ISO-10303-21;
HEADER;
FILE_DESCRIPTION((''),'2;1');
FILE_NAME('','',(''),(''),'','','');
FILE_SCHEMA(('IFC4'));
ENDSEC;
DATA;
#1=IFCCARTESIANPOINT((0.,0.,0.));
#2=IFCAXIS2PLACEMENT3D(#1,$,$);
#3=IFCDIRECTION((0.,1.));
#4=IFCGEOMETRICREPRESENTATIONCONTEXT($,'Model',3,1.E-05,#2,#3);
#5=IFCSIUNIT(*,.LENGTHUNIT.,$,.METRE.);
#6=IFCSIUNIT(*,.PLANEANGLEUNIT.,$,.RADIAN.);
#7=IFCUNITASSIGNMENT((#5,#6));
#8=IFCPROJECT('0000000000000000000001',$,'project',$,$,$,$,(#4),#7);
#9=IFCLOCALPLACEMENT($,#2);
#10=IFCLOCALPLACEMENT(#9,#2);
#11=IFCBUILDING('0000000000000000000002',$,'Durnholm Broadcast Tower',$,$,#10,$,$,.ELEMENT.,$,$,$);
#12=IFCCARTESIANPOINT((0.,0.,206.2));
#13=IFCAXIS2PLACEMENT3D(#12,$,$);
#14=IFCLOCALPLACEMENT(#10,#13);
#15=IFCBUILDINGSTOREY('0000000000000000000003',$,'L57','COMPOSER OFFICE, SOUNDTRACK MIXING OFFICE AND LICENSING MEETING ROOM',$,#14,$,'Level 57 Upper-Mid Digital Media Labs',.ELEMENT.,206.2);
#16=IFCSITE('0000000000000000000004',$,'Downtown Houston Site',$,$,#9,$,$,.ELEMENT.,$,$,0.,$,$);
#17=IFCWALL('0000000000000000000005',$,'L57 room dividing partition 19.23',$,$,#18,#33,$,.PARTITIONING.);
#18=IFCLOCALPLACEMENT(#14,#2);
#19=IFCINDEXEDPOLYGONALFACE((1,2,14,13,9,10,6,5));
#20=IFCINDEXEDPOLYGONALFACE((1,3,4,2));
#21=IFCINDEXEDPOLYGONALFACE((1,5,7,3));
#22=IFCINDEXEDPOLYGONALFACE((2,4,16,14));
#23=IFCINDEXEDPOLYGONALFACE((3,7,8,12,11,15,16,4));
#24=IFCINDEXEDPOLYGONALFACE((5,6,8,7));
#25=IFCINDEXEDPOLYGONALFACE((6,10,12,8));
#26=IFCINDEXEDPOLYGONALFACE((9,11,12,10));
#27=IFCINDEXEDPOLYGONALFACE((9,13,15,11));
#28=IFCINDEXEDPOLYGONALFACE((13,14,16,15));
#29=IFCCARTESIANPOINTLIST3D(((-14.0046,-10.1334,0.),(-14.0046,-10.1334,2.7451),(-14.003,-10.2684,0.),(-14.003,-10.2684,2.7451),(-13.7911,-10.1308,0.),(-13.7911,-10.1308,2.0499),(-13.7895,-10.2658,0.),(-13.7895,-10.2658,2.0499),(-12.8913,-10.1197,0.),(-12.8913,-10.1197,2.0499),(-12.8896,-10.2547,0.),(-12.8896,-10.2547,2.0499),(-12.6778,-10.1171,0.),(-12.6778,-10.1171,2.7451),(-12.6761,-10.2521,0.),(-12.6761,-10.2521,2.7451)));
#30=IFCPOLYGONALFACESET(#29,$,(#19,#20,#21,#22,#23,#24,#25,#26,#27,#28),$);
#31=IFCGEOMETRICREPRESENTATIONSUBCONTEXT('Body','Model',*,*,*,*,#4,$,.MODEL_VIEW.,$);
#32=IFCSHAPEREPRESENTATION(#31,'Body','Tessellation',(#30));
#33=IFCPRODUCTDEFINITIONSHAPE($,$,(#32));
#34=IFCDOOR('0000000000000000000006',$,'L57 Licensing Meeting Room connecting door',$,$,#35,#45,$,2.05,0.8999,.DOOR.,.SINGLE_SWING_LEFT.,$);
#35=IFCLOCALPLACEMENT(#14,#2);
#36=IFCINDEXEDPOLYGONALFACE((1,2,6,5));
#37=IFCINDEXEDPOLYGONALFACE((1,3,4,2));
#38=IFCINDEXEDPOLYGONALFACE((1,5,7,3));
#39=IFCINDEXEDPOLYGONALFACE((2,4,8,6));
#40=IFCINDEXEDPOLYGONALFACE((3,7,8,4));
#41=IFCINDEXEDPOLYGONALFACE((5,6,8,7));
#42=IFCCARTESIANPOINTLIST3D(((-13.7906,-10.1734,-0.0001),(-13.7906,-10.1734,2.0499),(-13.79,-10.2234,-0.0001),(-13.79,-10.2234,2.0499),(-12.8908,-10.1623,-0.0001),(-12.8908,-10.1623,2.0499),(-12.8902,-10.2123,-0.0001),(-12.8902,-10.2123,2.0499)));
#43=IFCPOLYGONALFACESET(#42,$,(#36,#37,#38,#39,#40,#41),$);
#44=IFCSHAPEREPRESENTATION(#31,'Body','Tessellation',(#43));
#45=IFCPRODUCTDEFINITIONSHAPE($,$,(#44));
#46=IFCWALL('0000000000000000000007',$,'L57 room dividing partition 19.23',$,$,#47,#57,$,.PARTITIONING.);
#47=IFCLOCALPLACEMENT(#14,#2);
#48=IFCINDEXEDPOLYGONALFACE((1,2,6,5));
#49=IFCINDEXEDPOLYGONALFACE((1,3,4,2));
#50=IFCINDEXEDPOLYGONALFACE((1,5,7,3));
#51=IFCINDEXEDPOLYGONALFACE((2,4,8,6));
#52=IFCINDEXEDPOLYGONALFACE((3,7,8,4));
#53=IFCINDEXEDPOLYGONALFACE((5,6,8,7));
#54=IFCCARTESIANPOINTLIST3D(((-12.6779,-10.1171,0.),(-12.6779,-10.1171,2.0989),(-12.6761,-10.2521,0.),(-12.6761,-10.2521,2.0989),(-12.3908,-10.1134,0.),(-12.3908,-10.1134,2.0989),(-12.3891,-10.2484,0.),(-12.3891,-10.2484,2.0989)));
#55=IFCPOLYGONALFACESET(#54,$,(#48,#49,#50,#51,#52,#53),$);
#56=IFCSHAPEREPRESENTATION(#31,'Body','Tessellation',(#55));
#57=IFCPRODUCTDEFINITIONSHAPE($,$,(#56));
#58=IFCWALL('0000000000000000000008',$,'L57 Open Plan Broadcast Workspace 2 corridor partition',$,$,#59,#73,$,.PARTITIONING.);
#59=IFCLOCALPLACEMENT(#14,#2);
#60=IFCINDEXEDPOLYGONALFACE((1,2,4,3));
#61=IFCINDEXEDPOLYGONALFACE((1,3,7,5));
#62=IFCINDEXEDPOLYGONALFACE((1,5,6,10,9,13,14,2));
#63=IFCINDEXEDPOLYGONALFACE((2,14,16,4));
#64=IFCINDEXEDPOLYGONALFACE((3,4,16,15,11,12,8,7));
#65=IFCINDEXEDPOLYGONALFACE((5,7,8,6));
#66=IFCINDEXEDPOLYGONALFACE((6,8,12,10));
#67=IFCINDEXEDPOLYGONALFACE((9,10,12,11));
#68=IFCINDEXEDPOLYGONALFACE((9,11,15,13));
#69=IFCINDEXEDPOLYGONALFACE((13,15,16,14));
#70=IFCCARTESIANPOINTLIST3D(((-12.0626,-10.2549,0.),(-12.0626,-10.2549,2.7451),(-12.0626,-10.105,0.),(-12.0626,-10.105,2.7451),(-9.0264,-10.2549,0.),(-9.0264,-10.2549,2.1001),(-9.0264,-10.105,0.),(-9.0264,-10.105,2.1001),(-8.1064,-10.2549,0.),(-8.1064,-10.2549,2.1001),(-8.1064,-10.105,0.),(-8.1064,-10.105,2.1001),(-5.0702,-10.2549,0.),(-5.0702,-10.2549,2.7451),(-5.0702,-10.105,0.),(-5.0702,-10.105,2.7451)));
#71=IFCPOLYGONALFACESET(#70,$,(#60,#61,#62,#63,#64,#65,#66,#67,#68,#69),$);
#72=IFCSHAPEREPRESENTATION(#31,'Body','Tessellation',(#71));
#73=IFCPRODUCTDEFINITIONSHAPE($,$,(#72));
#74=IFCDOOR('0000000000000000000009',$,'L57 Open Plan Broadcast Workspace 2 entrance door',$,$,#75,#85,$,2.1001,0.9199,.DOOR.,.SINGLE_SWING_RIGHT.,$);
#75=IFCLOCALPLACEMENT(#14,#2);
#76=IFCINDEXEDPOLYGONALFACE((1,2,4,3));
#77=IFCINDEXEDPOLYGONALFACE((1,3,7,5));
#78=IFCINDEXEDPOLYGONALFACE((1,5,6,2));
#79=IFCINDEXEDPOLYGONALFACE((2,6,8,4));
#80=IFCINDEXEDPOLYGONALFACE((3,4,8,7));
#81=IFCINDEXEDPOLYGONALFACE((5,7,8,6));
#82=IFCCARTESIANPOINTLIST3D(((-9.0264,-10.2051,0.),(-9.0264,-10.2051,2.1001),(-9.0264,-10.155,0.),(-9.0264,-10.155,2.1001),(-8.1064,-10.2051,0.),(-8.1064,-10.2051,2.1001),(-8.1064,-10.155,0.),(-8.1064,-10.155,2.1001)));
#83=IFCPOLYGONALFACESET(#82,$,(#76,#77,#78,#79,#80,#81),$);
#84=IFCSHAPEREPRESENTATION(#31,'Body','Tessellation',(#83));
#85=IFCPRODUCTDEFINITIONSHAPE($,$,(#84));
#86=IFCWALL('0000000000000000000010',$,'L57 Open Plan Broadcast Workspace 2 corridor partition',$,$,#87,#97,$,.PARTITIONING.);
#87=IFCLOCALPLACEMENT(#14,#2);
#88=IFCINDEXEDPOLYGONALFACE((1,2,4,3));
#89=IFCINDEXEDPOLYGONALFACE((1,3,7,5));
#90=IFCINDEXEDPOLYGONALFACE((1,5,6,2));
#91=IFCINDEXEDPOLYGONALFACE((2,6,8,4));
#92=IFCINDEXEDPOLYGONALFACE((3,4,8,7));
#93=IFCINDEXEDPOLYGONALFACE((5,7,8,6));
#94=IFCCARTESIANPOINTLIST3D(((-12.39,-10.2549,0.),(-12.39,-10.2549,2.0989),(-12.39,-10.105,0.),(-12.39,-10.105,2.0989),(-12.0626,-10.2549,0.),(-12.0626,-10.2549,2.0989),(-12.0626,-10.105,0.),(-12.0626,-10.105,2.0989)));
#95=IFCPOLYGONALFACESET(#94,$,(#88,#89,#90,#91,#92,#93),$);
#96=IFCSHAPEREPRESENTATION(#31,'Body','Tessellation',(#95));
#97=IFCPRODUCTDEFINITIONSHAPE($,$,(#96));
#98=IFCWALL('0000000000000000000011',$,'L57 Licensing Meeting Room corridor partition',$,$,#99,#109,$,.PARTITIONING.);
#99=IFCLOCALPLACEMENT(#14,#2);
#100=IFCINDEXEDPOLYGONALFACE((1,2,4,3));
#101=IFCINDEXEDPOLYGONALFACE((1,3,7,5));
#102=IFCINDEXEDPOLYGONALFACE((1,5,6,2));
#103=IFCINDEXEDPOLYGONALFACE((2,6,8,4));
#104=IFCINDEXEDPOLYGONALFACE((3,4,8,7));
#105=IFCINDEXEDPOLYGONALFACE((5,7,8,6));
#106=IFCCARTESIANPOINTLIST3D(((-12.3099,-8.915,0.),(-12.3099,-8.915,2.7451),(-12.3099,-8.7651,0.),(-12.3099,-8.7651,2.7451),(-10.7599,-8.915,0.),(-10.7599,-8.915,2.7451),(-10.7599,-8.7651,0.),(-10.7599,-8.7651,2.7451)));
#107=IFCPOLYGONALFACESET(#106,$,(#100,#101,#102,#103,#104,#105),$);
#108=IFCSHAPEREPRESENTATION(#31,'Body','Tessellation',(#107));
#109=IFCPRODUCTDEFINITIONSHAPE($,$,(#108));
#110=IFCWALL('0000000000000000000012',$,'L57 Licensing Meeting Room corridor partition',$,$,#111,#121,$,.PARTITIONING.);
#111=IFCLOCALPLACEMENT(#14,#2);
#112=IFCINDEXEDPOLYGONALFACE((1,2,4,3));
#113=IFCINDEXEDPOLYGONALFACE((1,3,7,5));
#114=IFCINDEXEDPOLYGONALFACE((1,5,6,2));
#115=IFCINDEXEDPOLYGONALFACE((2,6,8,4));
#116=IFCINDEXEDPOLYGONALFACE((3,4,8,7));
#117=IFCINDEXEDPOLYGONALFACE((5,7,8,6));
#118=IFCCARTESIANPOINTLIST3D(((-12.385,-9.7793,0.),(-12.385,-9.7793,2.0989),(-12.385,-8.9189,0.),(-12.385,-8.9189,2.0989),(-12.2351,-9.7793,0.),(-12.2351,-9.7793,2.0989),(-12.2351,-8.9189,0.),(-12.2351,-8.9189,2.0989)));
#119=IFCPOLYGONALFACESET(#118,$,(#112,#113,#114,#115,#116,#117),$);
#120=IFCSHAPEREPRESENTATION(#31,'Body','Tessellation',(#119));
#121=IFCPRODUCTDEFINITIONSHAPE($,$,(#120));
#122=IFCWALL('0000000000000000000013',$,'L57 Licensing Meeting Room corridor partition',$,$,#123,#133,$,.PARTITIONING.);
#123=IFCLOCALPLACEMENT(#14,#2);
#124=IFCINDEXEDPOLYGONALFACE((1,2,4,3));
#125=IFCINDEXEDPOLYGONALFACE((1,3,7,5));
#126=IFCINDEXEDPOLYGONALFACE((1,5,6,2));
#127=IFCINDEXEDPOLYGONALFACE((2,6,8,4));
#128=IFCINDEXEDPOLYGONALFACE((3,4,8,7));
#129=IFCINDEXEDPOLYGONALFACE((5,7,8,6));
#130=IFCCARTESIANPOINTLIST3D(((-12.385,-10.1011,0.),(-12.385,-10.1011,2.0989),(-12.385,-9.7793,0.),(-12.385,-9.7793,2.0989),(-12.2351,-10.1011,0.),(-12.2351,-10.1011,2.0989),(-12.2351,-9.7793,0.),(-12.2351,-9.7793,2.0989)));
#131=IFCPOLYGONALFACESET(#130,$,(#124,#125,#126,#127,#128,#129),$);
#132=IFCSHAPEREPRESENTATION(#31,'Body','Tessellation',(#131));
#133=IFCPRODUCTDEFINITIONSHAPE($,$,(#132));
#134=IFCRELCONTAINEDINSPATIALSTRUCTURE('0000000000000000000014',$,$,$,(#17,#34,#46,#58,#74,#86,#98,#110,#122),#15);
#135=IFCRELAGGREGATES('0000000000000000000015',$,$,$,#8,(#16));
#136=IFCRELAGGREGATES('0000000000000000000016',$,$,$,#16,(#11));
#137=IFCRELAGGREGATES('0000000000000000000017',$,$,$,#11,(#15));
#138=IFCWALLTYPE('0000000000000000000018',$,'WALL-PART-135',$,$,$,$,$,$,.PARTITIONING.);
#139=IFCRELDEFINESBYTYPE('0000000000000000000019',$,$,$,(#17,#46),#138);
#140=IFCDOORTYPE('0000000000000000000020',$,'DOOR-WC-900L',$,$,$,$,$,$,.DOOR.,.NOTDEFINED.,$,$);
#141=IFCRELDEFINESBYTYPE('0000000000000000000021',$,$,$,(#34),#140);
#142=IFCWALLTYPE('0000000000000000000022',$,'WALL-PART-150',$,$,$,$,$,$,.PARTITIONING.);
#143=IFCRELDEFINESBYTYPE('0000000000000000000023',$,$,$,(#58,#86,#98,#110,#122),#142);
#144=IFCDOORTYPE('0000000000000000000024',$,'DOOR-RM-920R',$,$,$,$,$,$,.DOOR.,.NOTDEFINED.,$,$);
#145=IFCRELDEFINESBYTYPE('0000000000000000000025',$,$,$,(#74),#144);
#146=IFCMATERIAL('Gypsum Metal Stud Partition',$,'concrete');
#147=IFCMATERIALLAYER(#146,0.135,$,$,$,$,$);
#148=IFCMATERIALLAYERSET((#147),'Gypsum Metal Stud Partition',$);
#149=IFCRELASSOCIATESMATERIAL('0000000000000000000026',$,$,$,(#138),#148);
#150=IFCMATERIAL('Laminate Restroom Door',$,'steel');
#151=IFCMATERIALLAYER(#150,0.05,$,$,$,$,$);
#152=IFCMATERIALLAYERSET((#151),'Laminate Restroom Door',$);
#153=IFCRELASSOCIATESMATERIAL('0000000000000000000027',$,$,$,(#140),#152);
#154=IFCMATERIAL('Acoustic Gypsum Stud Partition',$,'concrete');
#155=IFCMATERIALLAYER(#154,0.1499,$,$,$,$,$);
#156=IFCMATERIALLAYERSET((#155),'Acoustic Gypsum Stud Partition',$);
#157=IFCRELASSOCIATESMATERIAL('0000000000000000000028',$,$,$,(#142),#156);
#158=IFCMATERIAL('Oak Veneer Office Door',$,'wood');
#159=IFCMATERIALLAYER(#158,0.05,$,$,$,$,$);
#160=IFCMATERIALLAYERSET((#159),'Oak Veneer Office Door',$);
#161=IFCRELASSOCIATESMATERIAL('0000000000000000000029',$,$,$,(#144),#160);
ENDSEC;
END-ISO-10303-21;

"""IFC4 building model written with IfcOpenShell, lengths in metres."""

from ifc_helpers import new_model, si_unit, direction, frame, frame_2d, origin, place, context, subcontext, project, spatial, rectangle, extrude, source, transform, mapped, material, layer, layer_set, type_object, type_shapes, element, fill, save


model = new_model("IFC4")

# Units and contexts
model_context = context("Model", 3, precision=1e-05, world=origin(), true_north=direction((0.0, 1.0)))
body_context = subcontext(model_context, "Body", "Model", "MODEL_VIEW")
ifc_project = project(units=[si_unit("LENGTHUNIT", "METRE"), si_unit("PLANEANGLEUNIT", "RADIAN")], contexts=[model_context])

# Site, building, storey
site_placement = place(None, origin())
site = spatial("IfcSite", under=ifc_project, at=site_placement, Name="Downtown Houston Site", CompositionType="ELEMENT", RefElevation=0.0)
building_placement = place(site_placement, origin())
building = spatial("IfcBuilding", under=site, at=building_placement, Name="Durnholm Broadcast Tower", CompositionType="ELEMENT")
storey_placement = place(building_placement, frame((0.0, 0.0, 206.2)))
storey = spatial("IfcBuildingStorey", under=building, at=storey_placement, Name="L57", Description="COMPOSER OFFICE, SOUNDTRACK MIXING OFFICE AND LICENSING MEETING ROOM", LongName="Level 57 Upper-Mid Digital Media Labs", CompositionType="ELEMENT", Elevation=206.2)

# Wall, opening, door
ifc_material_1 = material(Name="Gypsum Metal Stud Partition", Category="concrete")
ifc_layer_1 = layer(ifc_material_1, 0.135)
ifc_layer_set_1 = layer_set([ifc_layer_1], Name="Gypsum Metal Stud Partition")
wall_type_1 = type_object("IfcWallType", Name="WALL-PART-135", PredefinedType="PARTITIONING", material=ifc_layer_set_1)
wall_1_placement = place(storey_placement, frame((-14.0039, -10.2009, 0.0), z_axis=(0.0, 0.0, 1.0), x_axis=(0.999924, 0.012327, 0.0)))
wall_1 = element("IfcWall", 1, at=wall_1_placement, inside=storey, type_object=wall_type_1, Name="L57 room dividing partition 19.23", PredefinedType="PARTITIONING", context=body_context, shape_type="SweptSolid", body=[
    extrude(rectangle(XDim=1.3269, YDim=0.135, at=frame_2d((0.6636, 0.0))), origin(), (0.0, 0.0, 1.0), 2.7451),
])
opening_1_placement = place(wall_1_placement, frame((0.2136, 0.0, 0.0)))
opening_1 = element("IfcOpeningElement", 2, at=opening_1_placement, cuts=wall_1, PredefinedType="OPENING", context=body_context, shape_type="SweptSolid", body=[
    extrude(rectangle(XDim=0.8999, YDim=2.05, at=frame_2d((0.45, 1.0249))), frame((0.0, 0.0776, 0.0), z_axis=(0.0, -1.0, 0.0), x_axis=(1.0, 0.0, 0.0)), (0.0, 0.0, 1.0), 0.155),
])
ifc_material_2 = material(Name="Laminate Restroom Door", Category="steel")
ifc_layer_2 = layer(ifc_material_2, 0.05)
ifc_layer_set_2 = layer_set([ifc_layer_2], Name="Laminate Restroom Door")
door_type_1 = type_object("IfcDoorType", Name="DOOR-WC-900L", OperationType="NOTDEFINED", PredefinedType="DOOR", material=ifc_layer_set_2)
shared_shape_1 = source(origin(), body_context, "Body", "SweptSolid", [
    extrude(rectangle(XDim=0.8999, YDim=2.05, at=frame_2d((0.45, 1.0249))), frame((0.0, 0.0249, 0.0), z_axis=(0.0, -1.0, 0.0), x_axis=(1.0, 0.0, 0.0)), (0.0, 0.0, 1.0), 0.05),
])
type_shapes(door_type_1, [shared_shape_1])
door_1_placement = place(opening_1_placement, origin())
door_1 = element("IfcDoor", 3, at=door_1_placement, inside=storey, type_object=door_type_1, Name="L57 Licensing Meeting Room connecting door", OperationType="SINGLE_SWING_LEFT", OverallHeight=2.05, OverallWidth=0.8999, PredefinedType="DOOR", context=body_context, shape_type="MappedRepresentation", body=[
    mapped(shared_shape_1, transform((0.0, 0.0, 0.0), x_axis=(1.0, 0.0, 0.0), y_axis=(0.0, 1.0, 0.0), z_axis=(0.0, 0.0, 1.0), scale=1.0)),
])
fill(opening_1, door_1)

# Wall
wall_2_placement = place(storey_placement, frame((-12.677, -10.1846, 0.0), z_axis=(0.0, 0.0, 1.0), x_axis=(0.999919, 0.012754, 0.0)))
element("IfcWall", 4, at=wall_2_placement, inside=storey, type_object=wall_type_1, Name="L57 room dividing partition 19.23", PredefinedType="PARTITIONING", context=body_context, shape_type="SweptSolid", body=[
    extrude(rectangle(XDim=0.2871, YDim=0.135, at=frame_2d((0.1436, 0.0))), origin(), (0.0, 0.0, 1.0), 2.0989),
])

# Wall, opening, door
ifc_material_3 = material(Name="Acoustic Gypsum Stud Partition", Category="concrete")
ifc_layer_3 = layer(ifc_material_3, 0.1499)
ifc_layer_set_3 = layer_set([ifc_layer_3], Name="Acoustic Gypsum Stud Partition")
wall_type_2 = type_object("IfcWallType", Name="WALL-PART-150", PredefinedType="PARTITIONING", material=ifc_layer_set_3)
wall_3_placement = place(storey_placement, frame((-12.0625, -10.1799, 0.0), z_axis=(0.0, 0.0, 1.0), x_axis=(1.0, 0.0, 0.0)))
wall_3 = element("IfcWall", 5, at=wall_3_placement, inside=storey, type_object=wall_type_2, Name="L57 Open Plan Broadcast Workspace 2 corridor partition", PredefinedType="PARTITIONING", context=body_context, shape_type="SweptSolid", body=[
    extrude(rectangle(XDim=6.9924, YDim=0.1499, at=frame_2d((3.4961, 0.0))), origin(), (0.0, 0.0, 1.0), 2.7451),
])
opening_2_placement = place(wall_3_placement, frame((3.0361, 0.0, 0.0)))
opening_2 = element("IfcOpeningElement", 6, at=opening_2_placement, cuts=wall_3, PredefinedType="OPENING", context=body_context, shape_type="SweptSolid", body=[
    extrude(rectangle(XDim=0.9199, YDim=2.1001, at=frame_2d((0.46, 1.05))), frame((0.0, 0.085, 0.0), z_axis=(0.0, -1.0, 0.0), x_axis=(1.0, 0.0, 0.0)), (0.0, 0.0, 1.0), 0.1699),
])
ifc_material_4 = material(Name="Oak Veneer Office Door", Category="wood")
ifc_layer_4 = layer(ifc_material_4, 0.05)
ifc_layer_set_4 = layer_set([ifc_layer_4], Name="Oak Veneer Office Door")
door_type_2 = type_object("IfcDoorType", Name="DOOR-RM-920R", OperationType="NOTDEFINED", PredefinedType="DOOR", material=ifc_layer_set_4)
shared_shape_2 = source(origin(), body_context, "Body", "SweptSolid", [
    extrude(rectangle(XDim=0.9199, YDim=2.1001, at=frame_2d((0.46, 1.05))), frame((0.0, 0.0249, 0.0), z_axis=(0.0, -1.0, 0.0), x_axis=(1.0, 0.0, 0.0)), (0.0, 0.0, 1.0), 0.05),
])
type_shapes(door_type_2, [shared_shape_2])
door_2_placement = place(opening_2_placement, origin())
door_2 = element("IfcDoor", 7, at=door_2_placement, inside=storey, type_object=door_type_2, Name="L57 Open Plan Broadcast Workspace 2 entrance door", OperationType="SINGLE_SWING_RIGHT", OverallHeight=2.1001, OverallWidth=0.9199, PredefinedType="DOOR", context=body_context, shape_type="MappedRepresentation", body=[
    mapped(shared_shape_2, transform((0.0, 0.0, 0.0), x_axis=(1.0, 0.0, 0.0), y_axis=(0.0, 1.0, 0.0), z_axis=(0.0, 0.0, 1.0), scale=1.0)),
])
fill(opening_2, door_2)

# Walls
wall_4_placement = place(storey_placement, frame((-12.3899, -10.1799, 0.0), z_axis=(0.0, 0.0, 1.0), x_axis=(1.0, 0.0, 0.0)))
element("IfcWall", 8, at=wall_4_placement, inside=storey, type_object=wall_type_2, Name="L57 Open Plan Broadcast Workspace 2 corridor partition", PredefinedType="PARTITIONING", context=body_context, shape_type="SweptSolid", body=[
    extrude(rectangle(XDim=0.3274, YDim=0.1499, at=frame_2d((0.1636, 0.0))), origin(), (0.0, 0.0, 1.0), 2.0989),
])
wall_5_placement = place(storey_placement, frame((-10.76, -8.8401, 0.0), z_axis=(0.0, 0.0, 1.0), x_axis=(-1.0, 0.0, 0.0)))
element("IfcWall", 9, at=wall_5_placement, inside=storey, type_object=wall_type_2, Name="L57 Licensing Meeting Room corridor partition", PredefinedType="PARTITIONING", context=body_context, shape_type="SweptSolid", body=[
    extrude(rectangle(XDim=1.55, YDim=0.1499, at=frame_2d((0.7749, 0.0))), origin(), (0.0, 0.0, 1.0), 2.7451),
])
wall_6_placement = place(storey_placement, frame((-12.3101, -8.9189, 0.0), z_axis=(0.0, 0.0, 1.0), x_axis=(0.0, -1.0, 0.0)))
element("IfcWall", 10, at=wall_6_placement, inside=storey, type_object=wall_type_2, Name="L57 Licensing Meeting Room corridor partition", PredefinedType="PARTITIONING", context=body_context, shape_type="SweptSolid", body=[
    extrude(rectangle(XDim=0.8604, YDim=0.1499, at=frame_2d((0.4302, 0.0))), origin(), (0.0, 0.0, 1.0), 2.0989),
])
wall_7_placement = place(storey_placement, frame((-12.3101, -9.7793, 0.0), z_axis=(0.0, 0.0, 1.0), x_axis=(0.0, -1.0, 0.0)))
element("IfcWall", 11, at=wall_7_placement, inside=storey, type_object=wall_type_2, Name="L57 Licensing Meeting Room corridor partition", PredefinedType="PARTITIONING", context=body_context, shape_type="SweptSolid", body=[
    extrude(rectangle(XDim=0.3218, YDim=0.1499, at=frame_2d((0.1609, 0.0))), origin(), (0.0, 0.0, 1.0), 2.0989),
])

save(model, "model.ifc")
